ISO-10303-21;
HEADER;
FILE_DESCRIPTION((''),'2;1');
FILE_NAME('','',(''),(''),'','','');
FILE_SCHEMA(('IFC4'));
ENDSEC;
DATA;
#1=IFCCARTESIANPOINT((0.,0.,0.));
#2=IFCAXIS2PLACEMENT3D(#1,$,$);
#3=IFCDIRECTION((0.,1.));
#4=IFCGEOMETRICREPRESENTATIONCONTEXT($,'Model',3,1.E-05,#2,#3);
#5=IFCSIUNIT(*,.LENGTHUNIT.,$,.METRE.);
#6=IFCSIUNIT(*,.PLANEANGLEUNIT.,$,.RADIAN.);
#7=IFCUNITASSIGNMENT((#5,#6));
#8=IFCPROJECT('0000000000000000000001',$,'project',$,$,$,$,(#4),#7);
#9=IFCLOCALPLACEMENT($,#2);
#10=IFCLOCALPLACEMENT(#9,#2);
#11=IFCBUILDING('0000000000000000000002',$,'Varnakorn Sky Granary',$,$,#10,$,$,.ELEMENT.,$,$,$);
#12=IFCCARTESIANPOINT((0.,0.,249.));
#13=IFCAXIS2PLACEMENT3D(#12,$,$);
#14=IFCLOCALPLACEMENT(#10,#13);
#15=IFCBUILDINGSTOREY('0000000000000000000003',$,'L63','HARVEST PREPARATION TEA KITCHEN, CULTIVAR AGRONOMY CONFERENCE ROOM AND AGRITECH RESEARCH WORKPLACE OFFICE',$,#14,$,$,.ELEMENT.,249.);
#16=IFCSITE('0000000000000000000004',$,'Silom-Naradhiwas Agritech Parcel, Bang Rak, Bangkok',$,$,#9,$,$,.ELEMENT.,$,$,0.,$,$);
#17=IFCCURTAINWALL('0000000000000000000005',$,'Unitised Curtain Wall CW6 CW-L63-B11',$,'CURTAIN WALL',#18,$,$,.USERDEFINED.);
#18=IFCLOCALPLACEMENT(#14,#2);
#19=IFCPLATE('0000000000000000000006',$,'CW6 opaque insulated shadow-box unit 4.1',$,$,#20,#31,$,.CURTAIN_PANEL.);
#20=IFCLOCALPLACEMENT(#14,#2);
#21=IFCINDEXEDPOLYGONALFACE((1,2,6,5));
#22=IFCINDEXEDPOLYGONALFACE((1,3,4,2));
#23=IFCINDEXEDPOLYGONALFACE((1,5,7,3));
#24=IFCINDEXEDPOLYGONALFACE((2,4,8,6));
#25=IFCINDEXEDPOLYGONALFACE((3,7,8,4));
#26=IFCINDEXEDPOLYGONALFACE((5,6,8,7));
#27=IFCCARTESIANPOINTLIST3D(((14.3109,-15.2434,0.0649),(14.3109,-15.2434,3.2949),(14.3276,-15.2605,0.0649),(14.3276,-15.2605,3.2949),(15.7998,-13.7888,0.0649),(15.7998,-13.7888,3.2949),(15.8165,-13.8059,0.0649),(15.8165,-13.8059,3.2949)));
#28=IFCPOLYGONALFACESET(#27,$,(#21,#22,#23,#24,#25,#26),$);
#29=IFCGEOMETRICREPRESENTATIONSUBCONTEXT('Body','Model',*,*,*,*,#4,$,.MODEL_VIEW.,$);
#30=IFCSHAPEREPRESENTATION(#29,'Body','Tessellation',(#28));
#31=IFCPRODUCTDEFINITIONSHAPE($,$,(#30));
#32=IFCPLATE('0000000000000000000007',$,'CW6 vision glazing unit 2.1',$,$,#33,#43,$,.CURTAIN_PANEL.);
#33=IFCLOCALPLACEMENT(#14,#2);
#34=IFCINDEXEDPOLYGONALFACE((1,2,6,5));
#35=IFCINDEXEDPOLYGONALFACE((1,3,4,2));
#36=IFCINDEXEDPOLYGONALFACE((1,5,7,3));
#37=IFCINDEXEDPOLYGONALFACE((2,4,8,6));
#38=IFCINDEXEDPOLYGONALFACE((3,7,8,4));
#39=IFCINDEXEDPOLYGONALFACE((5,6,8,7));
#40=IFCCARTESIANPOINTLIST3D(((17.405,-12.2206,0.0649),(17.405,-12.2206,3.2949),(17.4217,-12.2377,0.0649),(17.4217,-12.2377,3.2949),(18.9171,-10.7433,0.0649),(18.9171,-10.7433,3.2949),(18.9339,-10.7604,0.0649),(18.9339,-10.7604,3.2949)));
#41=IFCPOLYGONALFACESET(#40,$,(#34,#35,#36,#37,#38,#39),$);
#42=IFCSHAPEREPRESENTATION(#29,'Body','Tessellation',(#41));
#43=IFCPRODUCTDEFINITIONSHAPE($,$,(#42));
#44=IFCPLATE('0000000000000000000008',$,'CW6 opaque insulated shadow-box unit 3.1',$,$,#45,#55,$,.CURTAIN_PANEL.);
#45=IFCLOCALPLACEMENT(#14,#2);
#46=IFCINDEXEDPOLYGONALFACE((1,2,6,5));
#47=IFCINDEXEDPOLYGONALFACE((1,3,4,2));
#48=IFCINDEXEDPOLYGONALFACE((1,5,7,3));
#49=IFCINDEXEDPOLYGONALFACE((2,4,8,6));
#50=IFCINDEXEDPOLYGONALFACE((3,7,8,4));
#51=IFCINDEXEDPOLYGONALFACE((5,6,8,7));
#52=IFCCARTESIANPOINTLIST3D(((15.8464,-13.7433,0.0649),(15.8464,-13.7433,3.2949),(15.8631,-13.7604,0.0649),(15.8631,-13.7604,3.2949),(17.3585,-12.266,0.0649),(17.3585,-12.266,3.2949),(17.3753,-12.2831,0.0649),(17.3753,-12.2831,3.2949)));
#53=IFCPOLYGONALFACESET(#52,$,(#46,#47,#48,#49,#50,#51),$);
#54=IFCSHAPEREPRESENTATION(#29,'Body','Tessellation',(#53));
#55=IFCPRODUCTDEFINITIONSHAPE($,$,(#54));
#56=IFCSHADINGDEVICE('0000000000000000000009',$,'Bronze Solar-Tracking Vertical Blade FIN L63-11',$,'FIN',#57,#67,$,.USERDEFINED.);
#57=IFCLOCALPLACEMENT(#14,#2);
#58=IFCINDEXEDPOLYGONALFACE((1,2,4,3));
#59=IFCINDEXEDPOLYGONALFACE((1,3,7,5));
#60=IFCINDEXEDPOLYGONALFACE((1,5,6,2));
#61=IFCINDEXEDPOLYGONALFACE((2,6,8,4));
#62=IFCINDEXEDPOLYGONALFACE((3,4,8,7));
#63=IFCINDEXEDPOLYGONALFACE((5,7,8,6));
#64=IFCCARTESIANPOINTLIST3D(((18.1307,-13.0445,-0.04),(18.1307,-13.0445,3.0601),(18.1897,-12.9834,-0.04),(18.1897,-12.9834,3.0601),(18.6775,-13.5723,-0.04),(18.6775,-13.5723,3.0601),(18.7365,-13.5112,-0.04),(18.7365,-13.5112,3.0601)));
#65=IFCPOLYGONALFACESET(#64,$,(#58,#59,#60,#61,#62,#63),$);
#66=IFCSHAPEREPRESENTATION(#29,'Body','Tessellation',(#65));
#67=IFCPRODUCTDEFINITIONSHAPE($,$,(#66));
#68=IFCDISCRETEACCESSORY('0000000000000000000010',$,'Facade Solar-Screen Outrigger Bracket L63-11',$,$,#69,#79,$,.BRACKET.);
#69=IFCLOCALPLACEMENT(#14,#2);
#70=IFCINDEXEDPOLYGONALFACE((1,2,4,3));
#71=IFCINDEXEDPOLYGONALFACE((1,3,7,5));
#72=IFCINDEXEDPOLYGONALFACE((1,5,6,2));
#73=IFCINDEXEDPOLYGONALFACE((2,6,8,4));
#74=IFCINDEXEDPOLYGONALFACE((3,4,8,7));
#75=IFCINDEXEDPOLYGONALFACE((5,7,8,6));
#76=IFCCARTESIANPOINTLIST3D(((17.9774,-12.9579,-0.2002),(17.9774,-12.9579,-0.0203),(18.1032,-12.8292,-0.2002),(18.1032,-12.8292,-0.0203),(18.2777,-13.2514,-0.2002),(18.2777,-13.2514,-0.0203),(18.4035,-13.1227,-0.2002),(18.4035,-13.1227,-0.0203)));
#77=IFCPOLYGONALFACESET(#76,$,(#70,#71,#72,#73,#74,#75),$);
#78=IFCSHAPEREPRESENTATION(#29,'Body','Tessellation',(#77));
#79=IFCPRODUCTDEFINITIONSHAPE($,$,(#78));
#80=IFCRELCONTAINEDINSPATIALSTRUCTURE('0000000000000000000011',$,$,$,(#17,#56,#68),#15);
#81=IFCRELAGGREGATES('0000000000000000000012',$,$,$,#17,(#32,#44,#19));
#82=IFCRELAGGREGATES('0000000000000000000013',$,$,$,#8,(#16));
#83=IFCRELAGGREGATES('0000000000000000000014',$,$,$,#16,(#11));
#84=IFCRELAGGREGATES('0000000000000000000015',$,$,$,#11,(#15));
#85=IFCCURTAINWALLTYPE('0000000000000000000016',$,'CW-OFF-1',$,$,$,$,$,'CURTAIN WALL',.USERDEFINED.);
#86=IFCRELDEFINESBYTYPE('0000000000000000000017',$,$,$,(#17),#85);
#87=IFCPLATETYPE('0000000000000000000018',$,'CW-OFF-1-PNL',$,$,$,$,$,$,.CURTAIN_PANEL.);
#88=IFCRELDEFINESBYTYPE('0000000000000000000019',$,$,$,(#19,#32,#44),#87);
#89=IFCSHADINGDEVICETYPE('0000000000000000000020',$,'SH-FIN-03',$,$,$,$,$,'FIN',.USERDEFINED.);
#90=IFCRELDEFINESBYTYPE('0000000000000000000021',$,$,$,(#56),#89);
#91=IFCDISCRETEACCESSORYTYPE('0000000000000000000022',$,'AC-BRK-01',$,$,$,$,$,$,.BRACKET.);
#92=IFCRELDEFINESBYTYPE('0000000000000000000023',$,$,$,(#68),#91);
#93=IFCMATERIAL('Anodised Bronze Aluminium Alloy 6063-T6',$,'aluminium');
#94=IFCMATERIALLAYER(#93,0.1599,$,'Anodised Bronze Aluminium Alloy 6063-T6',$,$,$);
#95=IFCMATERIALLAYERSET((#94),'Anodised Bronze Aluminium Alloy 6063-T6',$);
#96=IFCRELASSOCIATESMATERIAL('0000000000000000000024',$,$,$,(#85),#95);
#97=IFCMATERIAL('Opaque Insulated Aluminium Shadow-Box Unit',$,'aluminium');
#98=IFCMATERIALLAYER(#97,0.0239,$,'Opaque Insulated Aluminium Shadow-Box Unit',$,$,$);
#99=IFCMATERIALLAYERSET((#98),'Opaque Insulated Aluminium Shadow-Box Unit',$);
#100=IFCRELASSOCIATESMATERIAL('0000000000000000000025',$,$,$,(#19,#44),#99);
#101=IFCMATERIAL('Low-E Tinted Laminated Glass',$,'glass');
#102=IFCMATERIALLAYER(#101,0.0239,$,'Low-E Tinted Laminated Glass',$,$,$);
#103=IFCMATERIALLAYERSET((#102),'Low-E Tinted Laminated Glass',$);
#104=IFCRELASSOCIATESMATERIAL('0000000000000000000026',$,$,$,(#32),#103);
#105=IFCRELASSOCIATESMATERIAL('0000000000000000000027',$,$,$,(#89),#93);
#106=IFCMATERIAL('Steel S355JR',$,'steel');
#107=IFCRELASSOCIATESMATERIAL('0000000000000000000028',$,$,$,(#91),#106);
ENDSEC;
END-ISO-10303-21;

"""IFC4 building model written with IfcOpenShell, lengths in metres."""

from ifc_helpers import new_model, si_unit, direction, frame, origin, origin_2d, place, context, subcontext, project, spatial, rectangle, extrude, source, transform, mapped, material, layer, layer_set, type_object, type_shapes, element, aggregate, save


model = new_model("IFC4")

# Units and contexts
model_context = context("Model", 3, precision=1e-05, world=origin(), true_north=direction((0.0, 1.0)))
body_context = subcontext(model_context, "Body", "Model", "MODEL_VIEW")
ifc_project = project(units=[si_unit("LENGTHUNIT", "METRE"), si_unit("PLANEANGLEUNIT", "RADIAN")], contexts=[model_context])

# Site, building, storey
site_placement = place(None, origin())
site = spatial("IfcSite", under=ifc_project, at=site_placement, Name="Silom-Naradhiwas Agritech Parcel, Bang Rak, Bangkok", CompositionType="ELEMENT", RefElevation=0.0)
building_placement = place(site_placement, origin())
building = spatial("IfcBuilding", under=site, at=building_placement, Name="Varnakorn Sky Granary", CompositionType="ELEMENT")
storey_placement = place(building_placement, frame((0.0, 0.0, 249.0)))
storey = spatial("IfcBuildingStorey", under=building, at=storey_placement, Name="L63", Description="HARVEST PREPARATION TEA KITCHEN, CULTIVAR AGRONOMY CONFERENCE ROOM AND AGRITECH RESEARCH WORKPLACE OFFICE", CompositionType="ELEMENT", Elevation=249.0)

# Shared definitions
ifc_material_1 = material(Name="Steel S355JR", Category="steel")

# Curtain wall
ifc_material_2 = material(Name="Anodised Bronze Aluminium Alloy 6063-T6", Category="aluminium")
ifc_layer_1 = layer(ifc_material_2, 0.1599, Name="Anodised Bronze Aluminium Alloy 6063-T6")
ifc_layer_set_1 = layer_set([ifc_layer_1], Name="Anodised Bronze Aluminium Alloy 6063-T6")
curtain_wall_type = type_object("IfcCurtainWallType", Name="CW-OFF-1", ElementType="CURTAIN WALL", PredefinedType="USERDEFINED", material=ifc_layer_set_1)
curtain_wall_placement = place(storey_placement, origin())
curtain_wall = element("IfcCurtainWall", 1, at=curtain_wall_placement, inside=storey, type_object=curtain_wall_type, Name="Unitised Curtain Wall CW6 CW-L63-B11", ObjectType="CURTAIN WALL", PredefinedType="USERDEFINED")

# Plates
ifc_material_3 = material(Name="Low-E Tinted Laminated Glass", Category="glass")
ifc_layer_2 = layer(ifc_material_3, 0.0239, Name="Low-E Tinted Laminated Glass")
ifc_layer_set_2 = layer_set([ifc_layer_2], Name="Low-E Tinted Laminated Glass")
plate_type_1 = type_object("IfcPlateType", Name="CW-OFF-1-PNL", PredefinedType="CURTAIN_PANEL")
shared_shape_1 = source(origin(), body_context, "Body", "SweptSolid", [
    extrude(rectangle(XDim=2.0815, YDim=0.0239, at=origin_2d()), origin(), (0.0, 0.0, 1.0), 3.23),
])
ifc_material_4 = material(Name="Opaque Insulated Aluminium Shadow-Box Unit", Category="aluminium")
ifc_layer_3 = layer(ifc_material_4, 0.0239, Name="Opaque Insulated Aluminium Shadow-Box Unit")
ifc_layer_set_3 = layer_set([ifc_layer_3], Name="Opaque Insulated Aluminium Shadow-Box Unit")
plate_1_placement = place(storey_placement, frame((15.0637, -14.5247, 0.0649), z_axis=(0.0, 0.0, 1.0), x_axis=(-0.715285, -0.698833, 0.0)))
plate_1 = element("IfcPlate", 2, at=plate_1_placement, type_object=plate_type_1, material=ifc_layer_set_3, Name="CW6 opaque insulated shadow-box unit 4.1", PredefinedType="CURTAIN_PANEL", context=body_context, shape_type="MappedRepresentation", body=[
    mapped(shared_shape_1, transform((0.0, 0.0, 0.0), x_axis=(1.0, 0.0, 0.0), y_axis=(0.0, 1.0, 0.0), z_axis=(0.0, 0.0, 1.0), scale=1.0)),
])
shared_shape_2 = source(origin(), body_context, "Body", "SweptSolid", [
    extrude(rectangle(XDim=2.114, YDim=0.0239, at=origin_2d()), origin(), (0.0, 0.0, 1.0), 3.23),
])
type_shapes(plate_type_1, [shared_shape_1, shared_shape_2])
plate_2_placement = place(storey_placement, frame((18.1694, -11.4905, 0.0649), z_axis=(0.0, 0.0, 1.0), x_axis=(-0.715285, -0.698833, 0.0)))
plate_2 = element("IfcPlate", 3, at=plate_2_placement, type_object=plate_type_1, material=ifc_layer_set_2, Name="CW6 vision glazing unit 2.1", PredefinedType="CURTAIN_PANEL", context=body_context, shape_type="MappedRepresentation", body=[
    mapped(shared_shape_2, transform((0.0, 0.0, 0.0), x_axis=(1.0, 0.0, 0.0), y_axis=(0.0, 1.0, 0.0), z_axis=(0.0, 0.0, 1.0), scale=1.0)),
])
plate_3_placement = place(storey_placement, frame((16.6108, -13.0132, 0.0649), z_axis=(0.0, 0.0, 1.0), x_axis=(-0.715285, -0.698833, 0.0)))
plate_3 = element("IfcPlate", 4, at=plate_3_placement, type_object=plate_type_1, material=ifc_layer_set_3, Name="CW6 opaque insulated shadow-box unit 3.1", PredefinedType="CURTAIN_PANEL", context=body_context, shape_type="MappedRepresentation", body=[
    mapped(shared_shape_2, transform((0.0, 0.0, 0.0), x_axis=(1.0, 0.0, 0.0), y_axis=(0.0, 1.0, 0.0), z_axis=(0.0, 0.0, 1.0), scale=1.0)),
])
aggregate(curtain_wall, [plate_2, plate_3, plate_1])

# Shading device
shading_device_type = type_object("IfcShadingDeviceType", Name="SH-FIN-03", ElementType="FIN", PredefinedType="USERDEFINED", material=ifc_material_2)
shared_shape_3 = source(origin(), body_context, "Body", "SweptSolid", [
    extrude(rectangle(XDim=0.085, YDim=0.76, at=origin_2d()), origin(), (0.0, 0.0, 1.0), 3.1001),
])
type_shapes(shading_device_type, [shared_shape_3])
shading_device_placement = place(storey_placement, frame((18.4336, -13.2778, -0.04), z_axis=(0.0, 0.0, 1.0), x_axis=(0.694451, 0.71954, 0.0)))
element("IfcShadingDevice", 5, at=shading_device_placement, inside=storey, type_object=shading_device_type, Name="Bronze Solar-Tracking Vertical Blade FIN L63-11", ObjectType="FIN", PredefinedType="USERDEFINED", context=body_context, shape_type="MappedRepresentation", body=[
    mapped(shared_shape_3, transform((0.0, 0.0, 0.0), x_axis=(1.0, 0.0, 0.0), y_axis=(0.0, 1.0, 0.0), z_axis=(0.0, 0.0, 1.0), scale=1.0)),
])

# Discrete accessory
discrete_accessory_type = type_object("IfcDiscreteAccessoryType", Name="AC-BRK-01", PredefinedType="BRACKET", material=ifc_material_1)
shared_shape_4 = source(origin(), body_context, "Body", "SweptSolid", [
    extrude(rectangle(XDim=0.1799, YDim=0.4199, at=origin_2d()), origin(), (0.0, 0.0, 1.0), 0.1799),
])
type_shapes(discrete_accessory_type, [shared_shape_4])
discrete_accessory_placement = place(storey_placement, frame((18.1904, -13.0403, -0.2002), z_axis=(0.0, 0.0, 1.0), x_axis=(0.699011, 0.715111, 0.0)))
element("IfcDiscreteAccessory", 6, at=discrete_accessory_placement, inside=storey, type_object=discrete_accessory_type, Name="Facade Solar-Screen Outrigger Bracket L63-11", PredefinedType="BRACKET", context=body_context, shape_type="MappedRepresentation", body=[
    mapped(shared_shape_4, transform((0.0, 0.0, 0.0), x_axis=(1.0, 0.0, 0.0), y_axis=(0.0, 1.0, 0.0), z_axis=(0.0, 0.0, 1.0), scale=1.0)),
])

save(model, "model.ifc")
